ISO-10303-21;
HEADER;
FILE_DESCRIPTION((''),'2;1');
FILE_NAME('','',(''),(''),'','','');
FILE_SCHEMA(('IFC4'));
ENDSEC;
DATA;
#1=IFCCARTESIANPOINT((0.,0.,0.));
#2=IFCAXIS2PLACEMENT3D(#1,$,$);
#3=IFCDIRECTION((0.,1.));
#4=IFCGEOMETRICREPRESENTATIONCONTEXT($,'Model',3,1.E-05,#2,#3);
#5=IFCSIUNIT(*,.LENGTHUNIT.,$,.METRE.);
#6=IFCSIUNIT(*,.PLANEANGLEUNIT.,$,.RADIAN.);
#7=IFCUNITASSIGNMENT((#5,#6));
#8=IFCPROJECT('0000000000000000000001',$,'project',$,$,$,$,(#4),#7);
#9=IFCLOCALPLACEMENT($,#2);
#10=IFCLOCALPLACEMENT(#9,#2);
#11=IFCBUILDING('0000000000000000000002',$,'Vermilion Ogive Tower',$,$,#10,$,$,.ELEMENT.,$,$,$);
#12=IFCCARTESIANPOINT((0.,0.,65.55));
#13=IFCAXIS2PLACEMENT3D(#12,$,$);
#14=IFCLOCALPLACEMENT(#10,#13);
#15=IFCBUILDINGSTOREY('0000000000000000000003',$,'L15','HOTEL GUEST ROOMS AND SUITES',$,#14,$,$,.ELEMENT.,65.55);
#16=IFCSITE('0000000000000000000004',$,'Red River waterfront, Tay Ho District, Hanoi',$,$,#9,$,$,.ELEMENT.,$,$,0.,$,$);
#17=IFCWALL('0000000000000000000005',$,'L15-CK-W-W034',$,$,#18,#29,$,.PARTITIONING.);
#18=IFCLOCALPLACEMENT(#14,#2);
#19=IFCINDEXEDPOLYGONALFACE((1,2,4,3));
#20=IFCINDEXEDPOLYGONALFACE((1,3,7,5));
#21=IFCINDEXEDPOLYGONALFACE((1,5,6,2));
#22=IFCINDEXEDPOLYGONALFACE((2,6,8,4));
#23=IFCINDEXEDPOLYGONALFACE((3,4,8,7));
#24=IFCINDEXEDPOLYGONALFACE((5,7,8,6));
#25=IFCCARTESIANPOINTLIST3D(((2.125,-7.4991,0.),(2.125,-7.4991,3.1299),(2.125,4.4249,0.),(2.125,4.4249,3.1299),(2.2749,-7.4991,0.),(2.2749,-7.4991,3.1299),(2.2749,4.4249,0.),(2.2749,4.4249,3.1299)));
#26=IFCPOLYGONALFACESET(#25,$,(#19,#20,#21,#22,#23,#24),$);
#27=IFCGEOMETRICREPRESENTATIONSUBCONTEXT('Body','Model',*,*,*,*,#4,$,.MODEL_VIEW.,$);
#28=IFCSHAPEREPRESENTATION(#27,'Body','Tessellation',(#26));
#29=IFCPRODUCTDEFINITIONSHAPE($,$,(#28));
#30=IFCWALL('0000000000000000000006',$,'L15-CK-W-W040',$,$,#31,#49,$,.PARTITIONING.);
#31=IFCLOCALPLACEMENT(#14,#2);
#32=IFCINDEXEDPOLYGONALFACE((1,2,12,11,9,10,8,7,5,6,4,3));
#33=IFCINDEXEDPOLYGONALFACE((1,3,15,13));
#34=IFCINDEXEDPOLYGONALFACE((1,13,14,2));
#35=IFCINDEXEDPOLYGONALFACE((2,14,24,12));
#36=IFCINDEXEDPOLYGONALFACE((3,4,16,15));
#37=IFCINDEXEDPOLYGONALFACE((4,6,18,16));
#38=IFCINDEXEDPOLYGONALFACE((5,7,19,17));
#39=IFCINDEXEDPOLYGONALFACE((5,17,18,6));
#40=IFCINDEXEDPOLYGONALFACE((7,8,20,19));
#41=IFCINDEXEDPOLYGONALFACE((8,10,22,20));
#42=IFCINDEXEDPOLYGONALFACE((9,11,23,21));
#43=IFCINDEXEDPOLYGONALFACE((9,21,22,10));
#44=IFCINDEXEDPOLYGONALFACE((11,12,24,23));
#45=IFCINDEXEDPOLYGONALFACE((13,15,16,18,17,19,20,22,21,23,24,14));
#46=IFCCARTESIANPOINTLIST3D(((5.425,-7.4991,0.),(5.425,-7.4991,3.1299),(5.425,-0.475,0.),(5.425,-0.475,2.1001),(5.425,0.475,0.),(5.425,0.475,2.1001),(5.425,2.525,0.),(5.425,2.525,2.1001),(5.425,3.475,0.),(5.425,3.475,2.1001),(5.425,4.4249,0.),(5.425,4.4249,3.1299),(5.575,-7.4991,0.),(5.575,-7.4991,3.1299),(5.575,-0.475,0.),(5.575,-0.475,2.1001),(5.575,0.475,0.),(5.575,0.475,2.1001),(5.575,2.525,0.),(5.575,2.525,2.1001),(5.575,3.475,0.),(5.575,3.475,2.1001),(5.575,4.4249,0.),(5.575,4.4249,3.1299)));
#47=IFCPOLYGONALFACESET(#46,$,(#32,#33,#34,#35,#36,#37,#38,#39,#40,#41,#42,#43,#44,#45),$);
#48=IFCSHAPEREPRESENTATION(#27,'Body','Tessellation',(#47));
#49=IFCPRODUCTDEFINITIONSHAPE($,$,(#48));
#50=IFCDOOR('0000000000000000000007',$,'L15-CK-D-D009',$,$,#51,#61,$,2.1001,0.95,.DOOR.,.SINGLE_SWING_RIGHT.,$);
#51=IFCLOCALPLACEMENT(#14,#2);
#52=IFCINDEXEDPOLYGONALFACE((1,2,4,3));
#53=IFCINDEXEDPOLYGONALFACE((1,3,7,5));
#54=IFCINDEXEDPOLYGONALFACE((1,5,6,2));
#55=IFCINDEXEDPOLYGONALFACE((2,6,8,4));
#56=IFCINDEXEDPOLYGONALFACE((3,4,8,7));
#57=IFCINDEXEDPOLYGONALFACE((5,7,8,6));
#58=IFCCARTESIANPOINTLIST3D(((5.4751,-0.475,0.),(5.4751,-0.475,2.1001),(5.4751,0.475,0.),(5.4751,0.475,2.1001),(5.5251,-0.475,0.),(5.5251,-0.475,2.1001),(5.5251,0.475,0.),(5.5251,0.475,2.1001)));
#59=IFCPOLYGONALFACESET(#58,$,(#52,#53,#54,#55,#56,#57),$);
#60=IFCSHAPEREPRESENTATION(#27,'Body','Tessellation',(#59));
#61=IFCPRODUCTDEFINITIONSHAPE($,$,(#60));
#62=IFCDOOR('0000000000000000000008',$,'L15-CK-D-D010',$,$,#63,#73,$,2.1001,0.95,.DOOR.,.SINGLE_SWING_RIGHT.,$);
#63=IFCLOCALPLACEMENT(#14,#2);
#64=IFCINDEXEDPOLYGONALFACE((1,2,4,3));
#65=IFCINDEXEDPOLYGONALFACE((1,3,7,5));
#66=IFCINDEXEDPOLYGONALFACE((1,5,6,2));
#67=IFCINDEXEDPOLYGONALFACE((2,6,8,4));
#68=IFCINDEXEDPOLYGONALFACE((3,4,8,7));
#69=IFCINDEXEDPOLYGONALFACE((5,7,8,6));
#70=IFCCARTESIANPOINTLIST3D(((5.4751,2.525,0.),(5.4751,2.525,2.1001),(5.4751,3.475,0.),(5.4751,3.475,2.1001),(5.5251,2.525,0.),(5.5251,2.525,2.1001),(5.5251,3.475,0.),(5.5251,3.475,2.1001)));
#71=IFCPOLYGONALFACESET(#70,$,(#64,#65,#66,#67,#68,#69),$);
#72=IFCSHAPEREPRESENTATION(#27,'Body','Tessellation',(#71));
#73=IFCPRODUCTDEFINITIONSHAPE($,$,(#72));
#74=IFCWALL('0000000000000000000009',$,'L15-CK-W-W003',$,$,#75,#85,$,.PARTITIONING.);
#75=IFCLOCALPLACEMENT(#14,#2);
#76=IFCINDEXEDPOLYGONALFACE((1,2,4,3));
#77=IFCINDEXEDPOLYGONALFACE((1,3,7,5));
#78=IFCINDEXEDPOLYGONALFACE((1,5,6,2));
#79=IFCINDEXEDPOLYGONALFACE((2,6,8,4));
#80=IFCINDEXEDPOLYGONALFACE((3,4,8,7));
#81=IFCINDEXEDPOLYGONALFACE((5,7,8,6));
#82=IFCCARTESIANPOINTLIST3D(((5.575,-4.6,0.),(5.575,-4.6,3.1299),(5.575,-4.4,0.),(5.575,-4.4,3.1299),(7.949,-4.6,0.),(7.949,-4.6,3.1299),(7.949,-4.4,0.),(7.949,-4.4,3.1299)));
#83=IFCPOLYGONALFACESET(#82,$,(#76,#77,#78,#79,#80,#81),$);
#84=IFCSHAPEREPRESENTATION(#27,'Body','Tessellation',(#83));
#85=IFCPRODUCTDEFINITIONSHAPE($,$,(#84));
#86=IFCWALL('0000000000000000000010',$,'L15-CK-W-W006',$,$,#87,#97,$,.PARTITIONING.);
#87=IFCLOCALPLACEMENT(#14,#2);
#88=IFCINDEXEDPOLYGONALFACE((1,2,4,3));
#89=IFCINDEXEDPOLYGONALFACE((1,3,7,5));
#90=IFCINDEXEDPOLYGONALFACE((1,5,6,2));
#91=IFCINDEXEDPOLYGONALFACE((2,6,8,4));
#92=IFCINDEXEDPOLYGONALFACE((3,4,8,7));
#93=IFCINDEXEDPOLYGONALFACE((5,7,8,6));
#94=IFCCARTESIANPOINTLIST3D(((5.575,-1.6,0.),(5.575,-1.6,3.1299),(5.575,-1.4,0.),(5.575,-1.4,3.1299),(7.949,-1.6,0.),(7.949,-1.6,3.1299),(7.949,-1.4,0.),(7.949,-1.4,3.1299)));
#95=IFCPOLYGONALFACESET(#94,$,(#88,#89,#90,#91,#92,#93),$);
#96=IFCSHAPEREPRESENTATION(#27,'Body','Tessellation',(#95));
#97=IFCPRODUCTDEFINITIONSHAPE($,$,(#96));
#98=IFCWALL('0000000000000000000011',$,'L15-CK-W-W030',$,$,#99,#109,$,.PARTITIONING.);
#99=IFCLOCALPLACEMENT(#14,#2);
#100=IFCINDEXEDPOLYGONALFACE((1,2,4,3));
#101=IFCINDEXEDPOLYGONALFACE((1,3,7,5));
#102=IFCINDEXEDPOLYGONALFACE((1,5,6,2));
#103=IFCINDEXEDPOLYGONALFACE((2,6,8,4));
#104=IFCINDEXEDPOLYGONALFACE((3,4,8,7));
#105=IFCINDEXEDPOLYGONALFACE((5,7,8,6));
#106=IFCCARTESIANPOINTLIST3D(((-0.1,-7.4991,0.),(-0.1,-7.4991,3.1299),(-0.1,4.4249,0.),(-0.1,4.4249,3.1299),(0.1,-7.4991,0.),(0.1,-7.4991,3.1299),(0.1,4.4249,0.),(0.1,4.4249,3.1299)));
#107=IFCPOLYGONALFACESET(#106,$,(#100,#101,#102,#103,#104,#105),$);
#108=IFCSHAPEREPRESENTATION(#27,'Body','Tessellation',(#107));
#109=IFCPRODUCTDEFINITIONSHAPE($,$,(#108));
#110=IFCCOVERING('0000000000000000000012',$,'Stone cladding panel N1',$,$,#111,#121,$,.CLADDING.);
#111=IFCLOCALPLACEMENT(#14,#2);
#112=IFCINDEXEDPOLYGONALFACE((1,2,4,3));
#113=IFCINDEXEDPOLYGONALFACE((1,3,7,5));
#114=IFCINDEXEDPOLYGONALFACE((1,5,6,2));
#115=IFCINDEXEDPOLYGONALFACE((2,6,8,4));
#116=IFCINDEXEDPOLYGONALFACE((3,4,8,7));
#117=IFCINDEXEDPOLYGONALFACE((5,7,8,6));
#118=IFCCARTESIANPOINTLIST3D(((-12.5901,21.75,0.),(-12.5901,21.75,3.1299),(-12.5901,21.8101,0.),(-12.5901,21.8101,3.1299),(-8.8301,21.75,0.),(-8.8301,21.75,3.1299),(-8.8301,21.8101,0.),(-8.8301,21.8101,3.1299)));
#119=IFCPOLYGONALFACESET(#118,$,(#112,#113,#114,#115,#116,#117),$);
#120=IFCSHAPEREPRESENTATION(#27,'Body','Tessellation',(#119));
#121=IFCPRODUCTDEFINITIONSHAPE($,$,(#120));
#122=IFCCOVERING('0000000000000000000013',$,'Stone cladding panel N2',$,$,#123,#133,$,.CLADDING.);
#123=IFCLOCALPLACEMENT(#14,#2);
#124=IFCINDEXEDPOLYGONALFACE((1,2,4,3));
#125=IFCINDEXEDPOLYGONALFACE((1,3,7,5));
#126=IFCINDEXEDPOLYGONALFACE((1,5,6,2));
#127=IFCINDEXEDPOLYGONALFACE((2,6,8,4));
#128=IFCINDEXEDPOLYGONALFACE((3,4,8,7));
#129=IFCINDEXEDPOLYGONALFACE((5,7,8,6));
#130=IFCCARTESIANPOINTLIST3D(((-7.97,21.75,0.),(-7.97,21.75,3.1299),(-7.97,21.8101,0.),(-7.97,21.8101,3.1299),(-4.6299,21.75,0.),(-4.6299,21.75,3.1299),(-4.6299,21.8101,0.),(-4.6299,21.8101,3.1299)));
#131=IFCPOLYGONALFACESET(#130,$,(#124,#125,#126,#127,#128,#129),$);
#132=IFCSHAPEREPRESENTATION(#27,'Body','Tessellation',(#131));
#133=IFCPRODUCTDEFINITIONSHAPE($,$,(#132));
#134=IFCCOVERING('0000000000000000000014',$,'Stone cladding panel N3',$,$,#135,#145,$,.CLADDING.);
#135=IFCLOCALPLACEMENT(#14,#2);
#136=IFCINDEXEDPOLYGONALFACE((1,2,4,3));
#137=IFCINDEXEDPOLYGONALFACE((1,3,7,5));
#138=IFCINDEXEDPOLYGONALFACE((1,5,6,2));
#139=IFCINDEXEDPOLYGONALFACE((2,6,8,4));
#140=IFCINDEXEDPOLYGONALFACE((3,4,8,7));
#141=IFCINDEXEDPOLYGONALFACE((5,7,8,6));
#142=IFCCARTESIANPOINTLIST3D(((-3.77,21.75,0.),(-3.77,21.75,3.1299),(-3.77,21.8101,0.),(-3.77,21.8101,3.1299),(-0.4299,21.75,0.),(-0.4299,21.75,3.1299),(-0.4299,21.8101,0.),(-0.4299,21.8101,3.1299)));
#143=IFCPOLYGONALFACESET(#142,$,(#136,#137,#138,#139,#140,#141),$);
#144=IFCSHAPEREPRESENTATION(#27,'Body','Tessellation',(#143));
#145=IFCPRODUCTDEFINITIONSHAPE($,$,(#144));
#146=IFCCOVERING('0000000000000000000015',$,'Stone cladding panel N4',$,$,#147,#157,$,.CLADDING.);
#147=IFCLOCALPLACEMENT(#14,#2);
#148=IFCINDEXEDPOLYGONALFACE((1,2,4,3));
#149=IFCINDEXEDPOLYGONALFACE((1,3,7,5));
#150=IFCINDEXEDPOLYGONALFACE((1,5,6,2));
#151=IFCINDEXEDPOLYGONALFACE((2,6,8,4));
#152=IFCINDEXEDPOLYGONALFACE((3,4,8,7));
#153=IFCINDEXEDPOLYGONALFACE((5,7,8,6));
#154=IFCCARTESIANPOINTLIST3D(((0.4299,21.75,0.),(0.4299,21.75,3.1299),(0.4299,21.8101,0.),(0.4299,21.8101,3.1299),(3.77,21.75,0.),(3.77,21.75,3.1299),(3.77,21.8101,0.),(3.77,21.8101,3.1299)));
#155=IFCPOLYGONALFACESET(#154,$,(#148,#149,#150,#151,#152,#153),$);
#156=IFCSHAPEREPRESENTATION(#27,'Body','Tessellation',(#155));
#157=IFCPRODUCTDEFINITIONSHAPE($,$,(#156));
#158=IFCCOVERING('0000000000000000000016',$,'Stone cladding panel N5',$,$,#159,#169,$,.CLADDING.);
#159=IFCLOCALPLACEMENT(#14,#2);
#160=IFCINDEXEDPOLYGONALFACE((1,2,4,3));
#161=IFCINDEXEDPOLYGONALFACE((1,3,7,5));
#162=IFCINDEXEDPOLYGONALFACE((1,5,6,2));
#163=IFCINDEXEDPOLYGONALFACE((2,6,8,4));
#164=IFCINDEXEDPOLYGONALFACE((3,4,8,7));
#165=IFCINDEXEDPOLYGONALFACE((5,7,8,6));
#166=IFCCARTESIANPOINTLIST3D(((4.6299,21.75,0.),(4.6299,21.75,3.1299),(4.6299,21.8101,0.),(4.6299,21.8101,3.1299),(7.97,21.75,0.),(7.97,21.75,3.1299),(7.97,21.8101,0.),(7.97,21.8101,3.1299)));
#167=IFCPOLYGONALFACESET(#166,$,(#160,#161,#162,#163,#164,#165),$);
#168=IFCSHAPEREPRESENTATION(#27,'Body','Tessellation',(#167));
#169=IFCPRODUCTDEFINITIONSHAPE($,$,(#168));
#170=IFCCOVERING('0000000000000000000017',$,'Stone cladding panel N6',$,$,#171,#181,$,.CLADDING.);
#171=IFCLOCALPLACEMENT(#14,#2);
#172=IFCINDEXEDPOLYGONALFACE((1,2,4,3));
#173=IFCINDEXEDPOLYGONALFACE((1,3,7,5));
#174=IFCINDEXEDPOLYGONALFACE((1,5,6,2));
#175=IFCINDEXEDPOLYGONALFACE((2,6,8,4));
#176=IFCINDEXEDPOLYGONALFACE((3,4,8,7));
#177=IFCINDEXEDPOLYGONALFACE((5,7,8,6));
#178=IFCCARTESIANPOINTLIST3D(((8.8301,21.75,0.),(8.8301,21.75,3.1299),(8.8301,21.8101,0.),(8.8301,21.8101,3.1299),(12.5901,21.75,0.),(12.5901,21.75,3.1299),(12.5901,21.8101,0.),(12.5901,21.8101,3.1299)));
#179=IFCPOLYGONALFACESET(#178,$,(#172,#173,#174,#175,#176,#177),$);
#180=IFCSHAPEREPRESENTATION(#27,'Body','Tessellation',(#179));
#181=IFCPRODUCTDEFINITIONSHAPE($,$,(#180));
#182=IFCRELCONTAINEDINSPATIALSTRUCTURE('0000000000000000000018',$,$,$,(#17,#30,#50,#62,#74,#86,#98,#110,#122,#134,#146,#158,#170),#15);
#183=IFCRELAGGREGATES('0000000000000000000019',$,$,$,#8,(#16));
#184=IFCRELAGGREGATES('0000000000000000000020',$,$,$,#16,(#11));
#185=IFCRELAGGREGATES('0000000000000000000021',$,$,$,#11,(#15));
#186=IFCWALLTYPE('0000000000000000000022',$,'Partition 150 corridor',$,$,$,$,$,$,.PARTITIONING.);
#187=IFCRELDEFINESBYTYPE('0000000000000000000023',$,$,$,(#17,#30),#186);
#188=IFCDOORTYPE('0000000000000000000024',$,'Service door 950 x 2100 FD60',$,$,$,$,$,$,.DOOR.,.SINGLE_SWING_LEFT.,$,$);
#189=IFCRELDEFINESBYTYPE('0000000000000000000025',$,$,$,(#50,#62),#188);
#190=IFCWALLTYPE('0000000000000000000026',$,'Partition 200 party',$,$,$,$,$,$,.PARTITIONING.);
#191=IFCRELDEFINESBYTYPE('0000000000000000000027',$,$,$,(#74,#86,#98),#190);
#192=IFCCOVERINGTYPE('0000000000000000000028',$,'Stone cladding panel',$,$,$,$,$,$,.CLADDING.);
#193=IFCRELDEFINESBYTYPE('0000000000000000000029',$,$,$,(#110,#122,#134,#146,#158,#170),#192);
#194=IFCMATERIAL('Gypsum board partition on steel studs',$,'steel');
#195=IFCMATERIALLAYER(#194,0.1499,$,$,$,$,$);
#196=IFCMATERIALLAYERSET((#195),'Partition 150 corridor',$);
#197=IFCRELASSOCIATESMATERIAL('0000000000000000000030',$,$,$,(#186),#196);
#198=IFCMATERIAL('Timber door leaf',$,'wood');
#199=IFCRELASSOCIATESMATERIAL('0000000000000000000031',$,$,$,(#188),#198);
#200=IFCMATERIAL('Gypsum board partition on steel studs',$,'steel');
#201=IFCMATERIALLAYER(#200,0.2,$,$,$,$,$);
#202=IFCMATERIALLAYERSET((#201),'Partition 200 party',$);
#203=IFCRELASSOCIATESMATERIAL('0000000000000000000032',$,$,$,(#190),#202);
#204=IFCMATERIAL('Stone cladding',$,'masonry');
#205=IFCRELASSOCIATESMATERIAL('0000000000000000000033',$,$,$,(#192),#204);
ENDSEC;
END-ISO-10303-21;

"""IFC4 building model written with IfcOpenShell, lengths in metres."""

from ifc_helpers import new_model, si_unit, direction, frame, frame_2d, origin, place, context, subcontext, project, spatial, polyline, rectangle, outline, extrude, material, layer, layer_set, type_object, element, fill, save


model = new_model("IFC4")

# Units and contexts
model_context = context("Model", 3, precision=1e-05, world=origin(), true_north=direction((0.0, 1.0)))
body_context = subcontext(model_context, "Body", "Model", "MODEL_VIEW")
ifc_project = project(units=[si_unit("LENGTHUNIT", "METRE"), si_unit("PLANEANGLEUNIT", "RADIAN")], contexts=[model_context])

# Site, building, storey
site_placement = place(None, origin())
site = spatial("IfcSite", under=ifc_project, at=site_placement, Name="Red River waterfront, Tay Ho District, Hanoi", CompositionType="ELEMENT", RefElevation=0.0)
building_placement = place(site_placement, origin())
building = spatial("IfcBuilding", under=site, at=building_placement, Name="Vermilion Ogive Tower", CompositionType="ELEMENT")
storey_placement = place(building_placement, frame((0.0, 0.0, 65.55)))
storey = spatial("IfcBuildingStorey", under=building, at=storey_placement, Name="L15", Description="HOTEL GUEST ROOMS AND SUITES", CompositionType="ELEMENT", Elevation=65.55)

# Wall
ifc_material_1 = material(Name="Gypsum board partition on steel studs", Category="steel")
ifc_layer_1 = layer(ifc_material_1, 0.1499)
ifc_layer_set_1 = layer_set([ifc_layer_1], Name="Partition 150 corridor")
wall_type_1 = type_object("IfcWallType", Name="Partition 150 corridor", PredefinedType="PARTITIONING", material=ifc_layer_set_1)
wall_1_placement = place(storey_placement, frame((2.2, -7.499, 0.0), z_axis=(0.0, 0.0, 1.0), x_axis=(0.0, 1.0, 0.0)))
element("IfcWall", 1, at=wall_1_placement, inside=storey, type_object=wall_type_1, Name="L15-CK-W-W034", PredefinedType="PARTITIONING", context=body_context, shape_type="SweptSolid", body=[
    extrude(rectangle(XDim=11.9241, YDim=0.1499, at=frame_2d((5.9619, 0.0))), origin(), (0.0, 0.0, 1.0), 3.1299),
])

# Wall, openings, doors
wall_2_placement = place(storey_placement, frame((5.5, -7.499, 0.0), z_axis=(0.0, 0.0, 1.0), x_axis=(0.0, 1.0, 0.0)))
wall_2 = element("IfcWall", 2, at=wall_2_placement, inside=storey, type_object=wall_type_1, Name="L15-CK-W-W040", PredefinedType="PARTITIONING", context=body_context, shape_type="SweptSolid", body=[
    extrude(rectangle(XDim=11.9241, YDim=0.1499, at=frame_2d((5.9619, 0.0))), origin(), (0.0, 0.0, 1.0), 3.1299),
])
opening_1_placement = place(wall_2_placement, frame((7.0239, 0.0, 0.0)))
opening_1 = element("IfcOpeningElement", 3, at=opening_1_placement, cuts=wall_2, PredefinedType="OPENING", context=body_context, shape_type="SweptSolid", body=[
    extrude(rectangle(XDim=0.95, YDim=2.1001, at=frame_2d((0.4751, 1.05))), frame((0.0, 0.085, 0.0), z_axis=(0.0, -1.0, 0.0), x_axis=(1.0, 0.0, 0.0)), (0.0, 0.0, 1.0), 0.1699),
])
opening_2_placement = place(wall_2_placement, frame((10.0239, 0.0, 0.0)))
opening_2 = element("IfcOpeningElement", 4, at=opening_2_placement, cuts=wall_2, PredefinedType="OPENING", context=body_context, shape_type="SweptSolid", body=[
    extrude(rectangle(XDim=0.95, YDim=2.1001, at=frame_2d((0.4751, 1.05))), frame((0.0, 0.085, 0.0), z_axis=(0.0, -1.0, 0.0), x_axis=(1.0, 0.0, 0.0)), (0.0, 0.0, 1.0), 0.1699),
])
ifc_material_2 = material(Name="Timber door leaf", Category="wood")
door_type = type_object("IfcDoorType", Name="Service door 950 x 2100 FD60", OperationType="SINGLE_SWING_LEFT", PredefinedType="DOOR", material=ifc_material_2)
door_1_placement = place(opening_1_placement, origin())
door_1 = element("IfcDoor", 5, at=door_1_placement, inside=storey, type_object=door_type, Name="L15-CK-D-D009", OperationType="SINGLE_SWING_RIGHT", OverallHeight=2.1001, OverallWidth=0.95, PredefinedType="DOOR", context=body_context, shape_type="SweptSolid", body=[
    extrude(rectangle(XDim=0.95, YDim=2.1001, at=frame_2d((0.4751, 1.05))), frame((0.0, 0.0249, 0.0), z_axis=(0.0, -1.0, 0.0), x_axis=(1.0, 0.0, 0.0)), (0.0, 0.0, 1.0), 0.05),
])
fill(opening_1, door_1)
door_2_placement = place(opening_2_placement, origin())
door_2 = element("IfcDoor", 6, at=door_2_placement, inside=storey, type_object=door_type, Name="L15-CK-D-D010", OperationType="SINGLE_SWING_RIGHT", OverallHeight=2.1001, OverallWidth=0.95, PredefinedType="DOOR", context=body_context, shape_type="SweptSolid", body=[
    extrude(rectangle(XDim=0.95, YDim=2.1001, at=frame_2d((0.4751, 1.05))), frame((0.0, 0.0249, 0.0), z_axis=(0.0, -1.0, 0.0), x_axis=(1.0, 0.0, 0.0)), (0.0, 0.0, 1.0), 0.05),
])
fill(opening_2, door_2)

# Walls
ifc_material_3 = material(Name="Gypsum board partition on steel studs", Category="steel")
ifc_layer_2 = layer(ifc_material_3, 0.2)
ifc_layer_set_2 = layer_set([ifc_layer_2], Name="Partition 200 party")
wall_type_2 = type_object("IfcWallType", Name="Partition 200 party", PredefinedType="PARTITIONING", material=ifc_layer_set_2)
for number, where, z_axis, x_axis, name in (
    (7, (5.575, -4.5, 0.0), (0.0, 0.0, 1.0), (1.0, 0.0, 0.0), "L15-CK-W-W003"),
    (8, (5.575, -1.5, 0.0), (0.0, 0.0, 1.0), (1.0, 0.0, 0.0), "L15-CK-W-W006"),
):
    element("IfcWall", number, at=place(storey_placement, frame(where, z_axis=z_axis, x_axis=x_axis)), inside=storey, type_object=wall_type_2, Name=name, PredefinedType="PARTITIONING", context=body_context, shape_type="SweptSolid", body=[
        extrude(rectangle(XDim=2.374, YDim=0.2, at=frame_2d((1.187, 0.0))), origin(), (0.0, 0.0, 1.0), 3.1299),
    ])
wall_3_placement = place(storey_placement, frame((0.0, -7.499, 0.0), z_axis=(0.0, 0.0, 1.0), x_axis=(0.0, 1.0, 0.0)))
element("IfcWall", 9, at=wall_3_placement, inside=storey, type_object=wall_type_2, Name="L15-CK-W-W030", PredefinedType="PARTITIONING", context=body_context, shape_type="SweptSolid", body=[
    extrude(rectangle(XDim=11.9241, YDim=0.2, at=frame_2d((5.9619, 0.0))), origin(), (0.0, 0.0, 1.0), 3.1299),
])

# Coverings
ifc_material_4 = material(Name="Stone cladding", Category="masonry")
covering_type_1 = type_object("IfcCoveringType", Name="Stone cladding panel", PredefinedType="CLADDING", material=ifc_material_4)
covering_1_placement = place(storey_placement, origin())
element("IfcCovering", 10, at=covering_1_placement, inside=storey, type_object=covering_type_1, Name="Stone cladding panel N1", PredefinedType="CLADDING", context=body_context, shape_type="SweptSolid", body=[
    extrude(outline(polyline([(-12.5901, 21.75), (-8.8301, 21.75), (-8.8301, 21.8101), (-12.5901, 21.8101), (-12.5901, 21.75)])), origin(), (0.0, 0.0, 1.0), 3.1299),
])
covering_2_placement = place(storey_placement, origin())
element("IfcCovering", 11, at=covering_2_placement, inside=storey, type_object=covering_type_1, Name="Stone cladding panel N2", PredefinedType="CLADDING", context=body_context, shape_type="SweptSolid", body=[
    extrude(outline(polyline([(-7.97, 21.75), (-4.6299, 21.75), (-4.6299, 21.8101), (-7.97, 21.8101), (-7.97, 21.75)])), origin(), (0.0, 0.0, 1.0), 3.1299),
])
covering_3_placement = place(storey_placement, origin())
element("IfcCovering", 12, at=covering_3_placement, inside=storey, type_object=covering_type_1, Name="Stone cladding panel N3", PredefinedType="CLADDING", context=body_context, shape_type="SweptSolid", body=[
    extrude(outline(polyline([(-3.77, 21.75), (-0.4299, 21.75), (-0.4299, 21.8101), (-3.77, 21.8101), (-3.77, 21.75)])), origin(), (0.0, 0.0, 1.0), 3.1299),
])
covering_4_placement = place(storey_placement, origin())
element("IfcCovering", 13, at=covering_4_placement, inside=storey, type_object=covering_type_1, Name="Stone cladding panel N4", PredefinedType="CLADDING", context=body_context, shape_type="SweptSolid", body=[
    extrude(outline(polyline([(0.4299, 21.75), (3.77, 21.75), (3.77, 21.8101), (0.4299, 21.8101), (0.4299, 21.75)])), origin(), (0.0, 0.0, 1.0), 3.1299),
])
covering_5_placement = place(storey_placement, origin())
element("IfcCovering", 14, at=covering_5_placement, inside=storey, type_object=covering_type_1, Name="Stone cladding panel N5", PredefinedType="CLADDING", context=body_context, shape_type="SweptSolid", body=[
    extrude(outline(polyline([(4.6299, 21.75), (7.97, 21.75), (7.97, 21.8101), (4.6299, 21.8101), (4.6299, 21.75)])), origin(), (0.0, 0.0, 1.0), 3.1299),
])
covering_6_placement = place(storey_placement, origin())
element("IfcCovering", 15, at=covering_6_placement, inside=storey, type_object=covering_type_1, Name="Stone cladding panel N6", PredefinedType="CLADDING", context=body_context, shape_type="SweptSolid", body=[
    extrude(outline(polyline([(8.8301, 21.75), (12.5901, 21.75), (12.5901, 21.8101), (8.8301, 21.8101), (8.8301, 21.75)])), origin(), (0.0, 0.0, 1.0), 3.1299),
])

save(model, "model.ifc")
